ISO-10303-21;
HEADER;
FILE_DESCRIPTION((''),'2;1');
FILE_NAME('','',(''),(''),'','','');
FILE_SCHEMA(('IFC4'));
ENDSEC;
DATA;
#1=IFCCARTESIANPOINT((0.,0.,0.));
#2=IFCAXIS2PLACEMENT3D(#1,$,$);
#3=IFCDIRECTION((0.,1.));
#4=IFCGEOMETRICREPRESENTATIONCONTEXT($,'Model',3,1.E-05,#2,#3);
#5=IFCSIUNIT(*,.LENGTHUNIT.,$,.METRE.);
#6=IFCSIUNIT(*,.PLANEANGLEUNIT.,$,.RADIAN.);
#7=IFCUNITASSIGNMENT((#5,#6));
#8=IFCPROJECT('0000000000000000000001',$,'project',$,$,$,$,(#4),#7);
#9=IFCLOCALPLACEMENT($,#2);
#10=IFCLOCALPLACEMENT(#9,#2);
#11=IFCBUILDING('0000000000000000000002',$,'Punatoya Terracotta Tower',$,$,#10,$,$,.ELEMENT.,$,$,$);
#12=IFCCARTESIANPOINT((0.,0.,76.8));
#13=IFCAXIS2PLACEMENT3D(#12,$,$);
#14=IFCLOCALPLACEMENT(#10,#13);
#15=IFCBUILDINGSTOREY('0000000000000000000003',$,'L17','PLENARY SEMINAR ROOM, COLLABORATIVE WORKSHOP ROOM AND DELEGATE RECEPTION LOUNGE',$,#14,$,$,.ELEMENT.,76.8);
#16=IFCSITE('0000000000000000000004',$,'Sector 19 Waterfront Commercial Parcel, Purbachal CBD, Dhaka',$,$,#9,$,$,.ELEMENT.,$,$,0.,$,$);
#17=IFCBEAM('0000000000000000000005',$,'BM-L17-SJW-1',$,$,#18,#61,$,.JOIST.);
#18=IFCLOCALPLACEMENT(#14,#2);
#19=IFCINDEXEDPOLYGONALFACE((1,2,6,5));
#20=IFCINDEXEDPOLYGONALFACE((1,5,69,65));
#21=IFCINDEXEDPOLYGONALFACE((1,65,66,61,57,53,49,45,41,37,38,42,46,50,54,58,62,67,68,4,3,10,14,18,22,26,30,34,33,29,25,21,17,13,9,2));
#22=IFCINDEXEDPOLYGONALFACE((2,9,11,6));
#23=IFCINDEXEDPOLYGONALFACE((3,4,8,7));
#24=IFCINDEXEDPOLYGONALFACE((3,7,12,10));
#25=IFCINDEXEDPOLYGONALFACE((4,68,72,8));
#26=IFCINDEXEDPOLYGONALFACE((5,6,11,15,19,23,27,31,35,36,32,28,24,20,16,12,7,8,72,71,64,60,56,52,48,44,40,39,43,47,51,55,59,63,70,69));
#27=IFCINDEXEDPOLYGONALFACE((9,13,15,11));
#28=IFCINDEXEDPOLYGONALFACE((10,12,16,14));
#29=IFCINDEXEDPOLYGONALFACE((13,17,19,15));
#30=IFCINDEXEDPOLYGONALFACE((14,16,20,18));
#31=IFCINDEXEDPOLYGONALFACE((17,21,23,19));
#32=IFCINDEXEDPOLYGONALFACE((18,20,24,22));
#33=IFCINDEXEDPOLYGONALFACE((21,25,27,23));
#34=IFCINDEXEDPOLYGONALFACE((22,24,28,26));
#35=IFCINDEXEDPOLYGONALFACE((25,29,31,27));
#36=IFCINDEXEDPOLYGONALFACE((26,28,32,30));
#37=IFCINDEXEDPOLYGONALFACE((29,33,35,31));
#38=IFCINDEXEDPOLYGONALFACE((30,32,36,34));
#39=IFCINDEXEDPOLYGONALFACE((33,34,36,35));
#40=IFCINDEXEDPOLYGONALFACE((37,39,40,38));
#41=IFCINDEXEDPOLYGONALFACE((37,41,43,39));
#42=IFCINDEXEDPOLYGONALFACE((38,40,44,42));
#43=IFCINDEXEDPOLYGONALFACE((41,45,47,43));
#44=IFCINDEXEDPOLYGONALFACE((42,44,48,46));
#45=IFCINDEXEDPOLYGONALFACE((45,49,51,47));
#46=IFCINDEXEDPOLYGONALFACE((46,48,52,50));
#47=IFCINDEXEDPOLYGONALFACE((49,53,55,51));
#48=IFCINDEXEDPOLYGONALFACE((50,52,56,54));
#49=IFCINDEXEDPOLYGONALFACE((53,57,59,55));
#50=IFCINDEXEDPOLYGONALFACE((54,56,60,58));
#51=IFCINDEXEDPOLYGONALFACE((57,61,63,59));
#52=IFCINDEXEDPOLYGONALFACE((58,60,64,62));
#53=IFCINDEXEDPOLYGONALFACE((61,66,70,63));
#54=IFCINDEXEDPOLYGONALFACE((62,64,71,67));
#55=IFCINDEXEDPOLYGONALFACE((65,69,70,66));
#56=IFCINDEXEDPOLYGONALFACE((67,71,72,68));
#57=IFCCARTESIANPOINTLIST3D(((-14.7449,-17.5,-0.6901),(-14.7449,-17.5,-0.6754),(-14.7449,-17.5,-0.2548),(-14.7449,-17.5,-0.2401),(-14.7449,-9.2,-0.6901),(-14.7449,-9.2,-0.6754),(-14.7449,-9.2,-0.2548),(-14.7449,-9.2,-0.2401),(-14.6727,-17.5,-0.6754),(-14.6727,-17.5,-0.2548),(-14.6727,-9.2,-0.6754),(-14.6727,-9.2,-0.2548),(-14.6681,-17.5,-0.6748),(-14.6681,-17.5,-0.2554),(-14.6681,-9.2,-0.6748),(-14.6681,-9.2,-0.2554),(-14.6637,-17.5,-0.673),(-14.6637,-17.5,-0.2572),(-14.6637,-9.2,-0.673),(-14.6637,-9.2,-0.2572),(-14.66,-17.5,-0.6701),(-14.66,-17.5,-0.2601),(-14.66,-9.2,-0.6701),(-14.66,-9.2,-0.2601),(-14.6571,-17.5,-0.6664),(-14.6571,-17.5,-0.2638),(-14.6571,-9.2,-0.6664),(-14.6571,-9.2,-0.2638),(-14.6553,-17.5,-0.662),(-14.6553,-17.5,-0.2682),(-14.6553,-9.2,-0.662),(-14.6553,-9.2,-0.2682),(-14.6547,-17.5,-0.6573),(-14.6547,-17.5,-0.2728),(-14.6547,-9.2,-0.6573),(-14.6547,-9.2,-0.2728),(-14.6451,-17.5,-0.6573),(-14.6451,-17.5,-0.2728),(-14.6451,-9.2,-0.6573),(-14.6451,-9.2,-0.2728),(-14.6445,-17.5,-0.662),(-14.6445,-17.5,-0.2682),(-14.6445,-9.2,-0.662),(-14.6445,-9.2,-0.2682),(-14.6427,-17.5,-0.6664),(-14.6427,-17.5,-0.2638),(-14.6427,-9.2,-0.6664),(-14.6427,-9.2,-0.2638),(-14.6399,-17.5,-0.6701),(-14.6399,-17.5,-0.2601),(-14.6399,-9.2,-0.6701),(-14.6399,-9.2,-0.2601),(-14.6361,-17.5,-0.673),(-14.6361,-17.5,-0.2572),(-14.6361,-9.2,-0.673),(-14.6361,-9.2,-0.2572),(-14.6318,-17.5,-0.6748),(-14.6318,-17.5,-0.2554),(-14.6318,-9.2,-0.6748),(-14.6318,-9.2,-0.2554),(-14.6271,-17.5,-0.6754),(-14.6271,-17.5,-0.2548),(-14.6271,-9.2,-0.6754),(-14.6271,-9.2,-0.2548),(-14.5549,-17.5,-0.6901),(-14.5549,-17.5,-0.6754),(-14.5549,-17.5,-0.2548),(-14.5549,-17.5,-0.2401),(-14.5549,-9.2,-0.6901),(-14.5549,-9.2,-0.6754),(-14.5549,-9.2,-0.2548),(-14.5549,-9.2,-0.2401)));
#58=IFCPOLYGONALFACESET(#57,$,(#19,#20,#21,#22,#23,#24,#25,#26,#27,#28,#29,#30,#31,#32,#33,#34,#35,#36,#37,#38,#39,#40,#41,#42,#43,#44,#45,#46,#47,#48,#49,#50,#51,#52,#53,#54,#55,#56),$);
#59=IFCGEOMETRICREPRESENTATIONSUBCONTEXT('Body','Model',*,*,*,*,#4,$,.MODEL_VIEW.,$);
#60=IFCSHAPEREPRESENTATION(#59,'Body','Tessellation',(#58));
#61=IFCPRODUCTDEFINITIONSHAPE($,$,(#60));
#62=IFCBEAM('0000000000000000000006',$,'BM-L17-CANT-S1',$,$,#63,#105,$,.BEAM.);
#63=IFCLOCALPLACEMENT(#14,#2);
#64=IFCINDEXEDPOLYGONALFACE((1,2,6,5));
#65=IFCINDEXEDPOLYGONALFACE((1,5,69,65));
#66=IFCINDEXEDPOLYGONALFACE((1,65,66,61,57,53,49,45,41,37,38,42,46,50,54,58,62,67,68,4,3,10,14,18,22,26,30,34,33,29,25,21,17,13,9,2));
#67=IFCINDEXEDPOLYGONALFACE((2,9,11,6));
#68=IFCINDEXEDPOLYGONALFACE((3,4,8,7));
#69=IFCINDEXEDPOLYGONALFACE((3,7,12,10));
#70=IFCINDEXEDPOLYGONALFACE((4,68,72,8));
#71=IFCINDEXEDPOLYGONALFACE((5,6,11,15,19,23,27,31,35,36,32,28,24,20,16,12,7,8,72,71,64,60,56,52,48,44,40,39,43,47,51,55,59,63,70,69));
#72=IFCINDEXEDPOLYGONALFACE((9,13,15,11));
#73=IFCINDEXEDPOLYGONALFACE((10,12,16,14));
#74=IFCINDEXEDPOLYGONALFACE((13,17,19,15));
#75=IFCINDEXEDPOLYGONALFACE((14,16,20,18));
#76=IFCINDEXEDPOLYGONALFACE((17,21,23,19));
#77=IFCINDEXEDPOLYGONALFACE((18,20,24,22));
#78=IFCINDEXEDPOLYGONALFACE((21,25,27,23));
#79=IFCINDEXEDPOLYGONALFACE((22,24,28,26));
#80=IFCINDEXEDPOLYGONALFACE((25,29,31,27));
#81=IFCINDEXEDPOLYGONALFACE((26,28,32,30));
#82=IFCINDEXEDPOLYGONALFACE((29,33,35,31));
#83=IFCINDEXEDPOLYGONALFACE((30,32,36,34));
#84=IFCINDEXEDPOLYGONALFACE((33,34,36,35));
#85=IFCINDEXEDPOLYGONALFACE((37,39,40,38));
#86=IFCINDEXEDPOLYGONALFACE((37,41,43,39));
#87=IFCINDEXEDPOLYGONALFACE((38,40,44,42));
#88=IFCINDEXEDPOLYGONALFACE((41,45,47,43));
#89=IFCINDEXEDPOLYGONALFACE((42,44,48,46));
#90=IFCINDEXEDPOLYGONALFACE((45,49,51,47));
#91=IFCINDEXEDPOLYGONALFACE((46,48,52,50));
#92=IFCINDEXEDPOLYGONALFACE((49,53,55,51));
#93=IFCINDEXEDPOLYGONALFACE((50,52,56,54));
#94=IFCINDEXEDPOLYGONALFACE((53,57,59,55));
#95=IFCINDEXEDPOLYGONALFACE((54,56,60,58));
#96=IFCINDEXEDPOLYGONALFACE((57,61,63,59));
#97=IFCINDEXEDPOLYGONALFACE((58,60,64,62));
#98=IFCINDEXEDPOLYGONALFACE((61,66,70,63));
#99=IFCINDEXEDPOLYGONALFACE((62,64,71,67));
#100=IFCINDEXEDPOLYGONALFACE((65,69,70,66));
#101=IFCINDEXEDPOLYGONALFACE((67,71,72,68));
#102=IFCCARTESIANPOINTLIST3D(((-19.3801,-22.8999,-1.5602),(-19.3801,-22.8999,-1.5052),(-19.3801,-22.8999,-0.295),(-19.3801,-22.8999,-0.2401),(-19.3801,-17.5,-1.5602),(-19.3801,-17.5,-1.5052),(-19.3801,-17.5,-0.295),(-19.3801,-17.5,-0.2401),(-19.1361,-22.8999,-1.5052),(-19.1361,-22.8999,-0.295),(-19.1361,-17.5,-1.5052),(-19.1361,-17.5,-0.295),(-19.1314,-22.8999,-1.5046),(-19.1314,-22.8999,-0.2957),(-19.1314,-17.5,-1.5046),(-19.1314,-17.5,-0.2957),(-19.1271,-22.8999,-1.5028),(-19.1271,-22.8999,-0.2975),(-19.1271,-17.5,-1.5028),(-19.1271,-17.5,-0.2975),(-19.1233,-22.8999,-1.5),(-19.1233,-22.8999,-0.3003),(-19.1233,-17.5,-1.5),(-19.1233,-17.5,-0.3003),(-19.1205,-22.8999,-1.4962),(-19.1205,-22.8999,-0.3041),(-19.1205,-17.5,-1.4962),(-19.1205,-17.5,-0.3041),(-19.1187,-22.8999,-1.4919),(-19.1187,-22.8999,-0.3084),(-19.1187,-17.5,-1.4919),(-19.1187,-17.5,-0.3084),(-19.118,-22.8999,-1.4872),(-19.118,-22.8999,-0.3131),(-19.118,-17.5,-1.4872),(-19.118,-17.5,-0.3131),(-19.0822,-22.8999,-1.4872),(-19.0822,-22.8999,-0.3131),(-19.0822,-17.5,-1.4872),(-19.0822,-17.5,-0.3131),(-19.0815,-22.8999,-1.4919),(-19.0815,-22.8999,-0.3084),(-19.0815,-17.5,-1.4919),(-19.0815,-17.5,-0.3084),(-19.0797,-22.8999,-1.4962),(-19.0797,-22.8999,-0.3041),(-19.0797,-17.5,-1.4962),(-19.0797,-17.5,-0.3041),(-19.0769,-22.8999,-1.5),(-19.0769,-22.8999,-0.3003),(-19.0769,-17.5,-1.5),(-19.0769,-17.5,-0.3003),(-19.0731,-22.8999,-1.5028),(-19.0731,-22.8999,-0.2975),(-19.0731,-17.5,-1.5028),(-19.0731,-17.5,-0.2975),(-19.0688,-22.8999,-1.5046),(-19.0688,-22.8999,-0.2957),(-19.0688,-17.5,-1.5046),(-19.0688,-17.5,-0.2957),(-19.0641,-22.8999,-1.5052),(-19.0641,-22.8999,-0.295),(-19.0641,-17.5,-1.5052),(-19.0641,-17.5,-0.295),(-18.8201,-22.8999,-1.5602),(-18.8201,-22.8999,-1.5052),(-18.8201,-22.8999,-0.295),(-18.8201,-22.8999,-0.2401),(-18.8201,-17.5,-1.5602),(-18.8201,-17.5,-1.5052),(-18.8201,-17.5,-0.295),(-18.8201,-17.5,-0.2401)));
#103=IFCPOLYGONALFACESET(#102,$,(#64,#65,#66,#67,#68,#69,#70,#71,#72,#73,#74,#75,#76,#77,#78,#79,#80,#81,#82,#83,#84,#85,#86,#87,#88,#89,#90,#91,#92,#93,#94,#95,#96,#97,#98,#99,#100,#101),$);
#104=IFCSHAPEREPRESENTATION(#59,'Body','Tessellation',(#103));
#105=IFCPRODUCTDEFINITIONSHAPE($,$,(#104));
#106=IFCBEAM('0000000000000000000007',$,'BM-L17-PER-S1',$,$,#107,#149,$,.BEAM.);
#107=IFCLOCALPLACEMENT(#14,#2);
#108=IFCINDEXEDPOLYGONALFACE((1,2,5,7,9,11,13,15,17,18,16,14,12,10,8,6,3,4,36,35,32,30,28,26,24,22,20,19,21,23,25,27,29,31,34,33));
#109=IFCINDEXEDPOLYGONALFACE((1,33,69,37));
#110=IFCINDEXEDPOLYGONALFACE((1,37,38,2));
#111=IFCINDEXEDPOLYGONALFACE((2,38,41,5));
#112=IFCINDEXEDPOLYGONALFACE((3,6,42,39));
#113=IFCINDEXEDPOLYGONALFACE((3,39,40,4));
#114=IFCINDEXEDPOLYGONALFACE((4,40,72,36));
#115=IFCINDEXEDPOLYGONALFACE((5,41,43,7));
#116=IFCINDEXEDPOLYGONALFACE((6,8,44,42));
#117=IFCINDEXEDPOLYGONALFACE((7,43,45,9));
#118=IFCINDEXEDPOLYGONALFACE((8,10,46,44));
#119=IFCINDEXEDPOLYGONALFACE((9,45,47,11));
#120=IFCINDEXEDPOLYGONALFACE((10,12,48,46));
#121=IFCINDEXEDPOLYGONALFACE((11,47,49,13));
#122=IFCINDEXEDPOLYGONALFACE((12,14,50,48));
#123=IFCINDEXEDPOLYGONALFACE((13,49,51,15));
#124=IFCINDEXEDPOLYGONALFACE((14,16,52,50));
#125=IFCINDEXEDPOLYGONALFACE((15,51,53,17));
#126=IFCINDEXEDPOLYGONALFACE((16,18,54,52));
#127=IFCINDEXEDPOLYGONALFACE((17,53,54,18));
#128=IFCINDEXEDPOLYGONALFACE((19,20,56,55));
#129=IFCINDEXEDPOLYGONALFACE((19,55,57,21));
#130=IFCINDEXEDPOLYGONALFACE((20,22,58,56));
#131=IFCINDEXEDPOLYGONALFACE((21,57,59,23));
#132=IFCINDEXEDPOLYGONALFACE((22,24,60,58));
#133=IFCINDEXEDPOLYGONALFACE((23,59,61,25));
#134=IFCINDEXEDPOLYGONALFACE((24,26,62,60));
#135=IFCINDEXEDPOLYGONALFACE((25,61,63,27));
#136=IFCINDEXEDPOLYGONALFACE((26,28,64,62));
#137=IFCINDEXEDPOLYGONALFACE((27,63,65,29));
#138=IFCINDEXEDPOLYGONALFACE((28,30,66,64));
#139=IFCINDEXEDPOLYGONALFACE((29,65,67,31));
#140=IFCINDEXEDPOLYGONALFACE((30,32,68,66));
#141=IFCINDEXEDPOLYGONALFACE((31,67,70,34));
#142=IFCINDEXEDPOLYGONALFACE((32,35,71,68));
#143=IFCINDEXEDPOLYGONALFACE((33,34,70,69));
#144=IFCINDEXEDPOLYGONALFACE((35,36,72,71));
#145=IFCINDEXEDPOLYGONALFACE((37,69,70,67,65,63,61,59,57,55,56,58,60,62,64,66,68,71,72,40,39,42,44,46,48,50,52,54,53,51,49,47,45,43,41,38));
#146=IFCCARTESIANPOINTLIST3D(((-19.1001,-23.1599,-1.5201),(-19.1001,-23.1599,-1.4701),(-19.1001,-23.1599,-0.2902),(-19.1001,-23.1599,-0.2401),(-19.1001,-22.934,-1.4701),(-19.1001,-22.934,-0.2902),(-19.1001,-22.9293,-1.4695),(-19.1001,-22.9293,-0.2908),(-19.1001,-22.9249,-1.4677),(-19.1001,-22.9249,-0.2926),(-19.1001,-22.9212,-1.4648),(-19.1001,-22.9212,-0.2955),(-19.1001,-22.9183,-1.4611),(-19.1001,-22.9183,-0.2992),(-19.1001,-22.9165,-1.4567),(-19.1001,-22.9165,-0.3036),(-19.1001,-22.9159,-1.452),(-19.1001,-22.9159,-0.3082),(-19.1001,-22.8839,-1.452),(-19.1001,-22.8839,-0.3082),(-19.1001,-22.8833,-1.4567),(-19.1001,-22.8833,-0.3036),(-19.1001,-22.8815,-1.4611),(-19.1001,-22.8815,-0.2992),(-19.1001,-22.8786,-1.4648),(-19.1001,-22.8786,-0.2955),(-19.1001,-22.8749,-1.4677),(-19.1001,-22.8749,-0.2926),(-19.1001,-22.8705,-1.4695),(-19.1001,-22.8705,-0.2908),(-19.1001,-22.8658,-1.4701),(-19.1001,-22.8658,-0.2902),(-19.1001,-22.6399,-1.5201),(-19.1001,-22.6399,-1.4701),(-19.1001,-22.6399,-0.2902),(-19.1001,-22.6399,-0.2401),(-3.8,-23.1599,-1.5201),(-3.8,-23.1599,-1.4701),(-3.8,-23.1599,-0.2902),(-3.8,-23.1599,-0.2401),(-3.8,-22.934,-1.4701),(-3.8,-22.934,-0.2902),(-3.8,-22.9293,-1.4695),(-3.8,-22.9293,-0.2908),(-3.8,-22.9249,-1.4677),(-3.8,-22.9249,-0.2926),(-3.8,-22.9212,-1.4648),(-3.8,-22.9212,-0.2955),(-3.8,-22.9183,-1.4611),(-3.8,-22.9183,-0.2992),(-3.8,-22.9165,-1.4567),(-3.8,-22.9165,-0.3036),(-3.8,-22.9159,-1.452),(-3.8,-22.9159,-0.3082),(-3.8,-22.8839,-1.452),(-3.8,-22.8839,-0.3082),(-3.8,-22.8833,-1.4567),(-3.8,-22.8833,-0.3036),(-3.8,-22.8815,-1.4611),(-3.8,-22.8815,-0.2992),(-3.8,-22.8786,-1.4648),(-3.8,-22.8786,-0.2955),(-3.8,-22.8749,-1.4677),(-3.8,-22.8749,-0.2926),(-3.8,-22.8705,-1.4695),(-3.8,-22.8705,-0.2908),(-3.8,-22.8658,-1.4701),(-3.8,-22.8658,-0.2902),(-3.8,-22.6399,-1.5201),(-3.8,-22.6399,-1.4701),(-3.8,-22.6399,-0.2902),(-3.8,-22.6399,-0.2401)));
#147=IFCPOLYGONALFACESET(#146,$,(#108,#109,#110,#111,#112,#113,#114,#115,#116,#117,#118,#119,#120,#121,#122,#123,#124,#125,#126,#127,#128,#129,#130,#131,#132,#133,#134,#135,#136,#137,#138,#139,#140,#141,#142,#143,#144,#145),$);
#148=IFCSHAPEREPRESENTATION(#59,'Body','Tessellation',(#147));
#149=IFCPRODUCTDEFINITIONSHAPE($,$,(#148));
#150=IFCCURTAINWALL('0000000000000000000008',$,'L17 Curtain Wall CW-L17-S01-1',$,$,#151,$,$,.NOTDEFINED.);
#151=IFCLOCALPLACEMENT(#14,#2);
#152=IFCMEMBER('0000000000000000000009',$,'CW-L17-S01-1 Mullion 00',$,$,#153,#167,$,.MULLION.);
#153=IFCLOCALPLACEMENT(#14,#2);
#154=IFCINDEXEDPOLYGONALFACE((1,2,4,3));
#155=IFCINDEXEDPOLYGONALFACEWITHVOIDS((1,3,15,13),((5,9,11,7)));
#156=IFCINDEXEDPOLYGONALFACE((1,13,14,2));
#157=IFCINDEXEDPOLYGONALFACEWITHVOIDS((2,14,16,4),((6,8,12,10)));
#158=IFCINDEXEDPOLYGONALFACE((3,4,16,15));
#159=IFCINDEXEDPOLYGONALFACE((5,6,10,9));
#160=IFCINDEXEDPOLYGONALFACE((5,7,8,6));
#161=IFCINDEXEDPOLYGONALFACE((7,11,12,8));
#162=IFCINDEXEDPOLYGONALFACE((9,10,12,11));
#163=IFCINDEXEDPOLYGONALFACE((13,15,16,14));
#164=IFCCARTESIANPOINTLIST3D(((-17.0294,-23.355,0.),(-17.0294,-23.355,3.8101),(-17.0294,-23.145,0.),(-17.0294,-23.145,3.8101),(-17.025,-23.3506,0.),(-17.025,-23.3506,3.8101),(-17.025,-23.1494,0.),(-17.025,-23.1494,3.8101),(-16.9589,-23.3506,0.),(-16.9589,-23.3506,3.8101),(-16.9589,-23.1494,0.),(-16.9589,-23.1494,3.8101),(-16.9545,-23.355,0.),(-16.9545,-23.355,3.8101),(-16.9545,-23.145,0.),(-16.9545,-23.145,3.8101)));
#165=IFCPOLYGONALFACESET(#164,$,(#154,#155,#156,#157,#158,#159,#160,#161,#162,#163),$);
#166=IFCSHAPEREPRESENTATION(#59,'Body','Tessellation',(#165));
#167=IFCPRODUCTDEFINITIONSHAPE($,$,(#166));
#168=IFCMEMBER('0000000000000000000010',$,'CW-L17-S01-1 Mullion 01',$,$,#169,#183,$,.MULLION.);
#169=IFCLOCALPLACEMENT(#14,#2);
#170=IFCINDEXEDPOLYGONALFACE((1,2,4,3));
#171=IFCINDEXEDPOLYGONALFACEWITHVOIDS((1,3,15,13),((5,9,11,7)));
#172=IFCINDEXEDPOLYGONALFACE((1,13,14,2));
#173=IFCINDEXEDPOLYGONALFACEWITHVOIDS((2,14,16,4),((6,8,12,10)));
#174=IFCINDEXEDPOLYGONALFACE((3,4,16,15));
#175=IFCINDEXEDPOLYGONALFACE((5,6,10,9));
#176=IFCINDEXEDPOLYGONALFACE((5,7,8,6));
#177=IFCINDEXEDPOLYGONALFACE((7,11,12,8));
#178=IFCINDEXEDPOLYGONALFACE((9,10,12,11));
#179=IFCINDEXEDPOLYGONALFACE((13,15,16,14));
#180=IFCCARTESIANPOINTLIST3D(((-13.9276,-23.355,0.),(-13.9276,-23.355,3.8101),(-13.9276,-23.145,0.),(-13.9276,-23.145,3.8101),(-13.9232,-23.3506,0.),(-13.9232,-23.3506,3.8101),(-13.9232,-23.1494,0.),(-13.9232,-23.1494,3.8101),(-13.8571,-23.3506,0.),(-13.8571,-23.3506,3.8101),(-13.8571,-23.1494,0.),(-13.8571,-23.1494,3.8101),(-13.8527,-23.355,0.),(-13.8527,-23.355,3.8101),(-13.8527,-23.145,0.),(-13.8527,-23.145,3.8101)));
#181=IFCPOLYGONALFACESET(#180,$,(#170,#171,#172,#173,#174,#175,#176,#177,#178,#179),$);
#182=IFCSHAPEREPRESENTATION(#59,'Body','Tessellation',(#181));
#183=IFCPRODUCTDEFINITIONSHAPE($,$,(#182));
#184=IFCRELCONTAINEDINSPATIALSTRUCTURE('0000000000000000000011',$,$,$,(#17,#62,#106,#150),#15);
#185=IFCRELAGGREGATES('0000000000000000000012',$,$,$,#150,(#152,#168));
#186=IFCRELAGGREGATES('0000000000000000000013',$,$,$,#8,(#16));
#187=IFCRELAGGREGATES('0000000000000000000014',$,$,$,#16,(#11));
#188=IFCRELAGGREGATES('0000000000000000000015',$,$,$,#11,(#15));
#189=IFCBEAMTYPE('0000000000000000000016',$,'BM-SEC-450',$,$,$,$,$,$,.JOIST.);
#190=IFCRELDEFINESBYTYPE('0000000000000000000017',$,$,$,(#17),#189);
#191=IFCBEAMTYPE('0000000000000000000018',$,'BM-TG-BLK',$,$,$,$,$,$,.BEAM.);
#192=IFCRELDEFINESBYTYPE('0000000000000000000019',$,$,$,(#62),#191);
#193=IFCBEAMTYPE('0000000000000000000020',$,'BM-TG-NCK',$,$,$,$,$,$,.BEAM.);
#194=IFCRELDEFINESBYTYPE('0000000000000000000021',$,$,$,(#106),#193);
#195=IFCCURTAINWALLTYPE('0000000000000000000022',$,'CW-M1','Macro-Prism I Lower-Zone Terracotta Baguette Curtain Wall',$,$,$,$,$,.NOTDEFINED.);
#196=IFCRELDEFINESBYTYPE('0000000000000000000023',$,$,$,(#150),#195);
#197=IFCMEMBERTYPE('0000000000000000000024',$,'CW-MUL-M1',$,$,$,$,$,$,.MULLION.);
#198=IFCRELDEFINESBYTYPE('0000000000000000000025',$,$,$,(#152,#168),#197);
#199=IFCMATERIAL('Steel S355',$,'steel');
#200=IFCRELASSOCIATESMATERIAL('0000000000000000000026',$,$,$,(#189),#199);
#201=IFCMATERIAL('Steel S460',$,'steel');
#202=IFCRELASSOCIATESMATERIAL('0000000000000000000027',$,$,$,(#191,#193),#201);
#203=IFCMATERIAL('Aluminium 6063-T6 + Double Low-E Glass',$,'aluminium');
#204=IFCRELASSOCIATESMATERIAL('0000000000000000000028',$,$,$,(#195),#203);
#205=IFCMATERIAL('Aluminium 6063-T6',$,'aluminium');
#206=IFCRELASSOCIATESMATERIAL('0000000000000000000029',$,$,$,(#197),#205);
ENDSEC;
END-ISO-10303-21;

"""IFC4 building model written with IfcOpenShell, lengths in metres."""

from ifc_helpers import new_model, si_unit, direction, frame, origin, origin_2d, place, context, subcontext, project, spatial, hollow_rectangle, i_section, extrude, material, material_profile, profile_set, type_object, element, aggregate, save


model = new_model("IFC4")

# Units and contexts
model_context = context("Model", 3, precision=1e-05, world=origin(), true_north=direction((0.0, 1.0)))
body_context = subcontext(model_context, "Body", "Model", "MODEL_VIEW")
ifc_project = project(units=[si_unit("LENGTHUNIT", "METRE"), si_unit("PLANEANGLEUNIT", "RADIAN")], contexts=[model_context])

# Site, building, storey
site_placement = place(None, origin())
site = spatial("IfcSite", under=ifc_project, at=site_placement, Name="Sector 19 Waterfront Commercial Parcel, Purbachal CBD, Dhaka", CompositionType="ELEMENT", RefElevation=0.0)
building_placement = place(site_placement, origin())
building = spatial("IfcBuilding", under=site, at=building_placement, Name="Punatoya Terracotta Tower", CompositionType="ELEMENT")
storey_placement = place(building_placement, frame((0.0, 0.0, 76.8)))
storey = spatial("IfcBuildingStorey", under=building, at=storey_placement, Name="L17", Description="PLENARY SEMINAR ROOM, COLLABORATIVE WORKSHOP ROOM AND DELEGATE RECEPTION LOUNGE", CompositionType="ELEMENT", Elevation=76.8)

# Shared definitions
ifc_material_1 = material(Name="Steel S460", Category="steel")

# Beams
ifc_material_2 = material(Name="Steel S355", Category="steel")
ifc_material_profile_1 = material_profile(ifc_material_2, i_section(OverallWidth=0.1899, OverallDepth=0.45, WebThickness=0.0095, FlangeThickness=0.0146, FilletRadius=0.0181, at=origin_2d()))
ifc_profile_set_1 = profile_set([ifc_material_profile_1], Name="Steel S355")
beam_type_1 = type_object("IfcBeamType", Name="BM-SEC-450", PredefinedType="JOIST", material=ifc_profile_set_1)
beam_1_placement = place(storey_placement, frame((-14.6499, -17.5, -0.4651), z_axis=(0.0, 1.0, 0.0), x_axis=(-1.0, 0.0, 0.0)))
element("IfcBeam", 1, at=beam_1_placement, inside=storey, type_object=beam_type_1, Name="BM-L17-SJW-1", PredefinedType="JOIST", context=body_context, shape_type="SweptSolid", body=[
    extrude(i_section(OverallWidth=0.1899, OverallDepth=0.45, WebThickness=0.0095, FlangeThickness=0.0146, FilletRadius=0.0181, at=origin_2d()), origin(), (0.0, 0.0, 1.0), 8.3),
])
ifc_material_profile_2 = material_profile(ifc_material_1, i_section(OverallWidth=0.5601, OverallDepth=1.3201, WebThickness=0.0359, FlangeThickness=0.0549, FilletRadius=0.0181, at=origin_2d()))
ifc_profile_set_2 = profile_set([ifc_material_profile_2], Name="Steel S460")
beam_type_2 = type_object("IfcBeamType", Name="BM-TG-BLK", PredefinedType="BEAM", material=ifc_profile_set_2)
beam_2_placement = place(storey_placement, frame((-19.1001, -22.8999, -0.9001), z_axis=(0.0, 1.0, 0.0), x_axis=(-1.0, 0.0, 0.0)))
element("IfcBeam", 2, at=beam_2_placement, inside=storey, type_object=beam_type_2, Name="BM-L17-CANT-S1", PredefinedType="BEAM", context=body_context, shape_type="SweptSolid", body=[
    extrude(i_section(OverallWidth=0.5601, OverallDepth=1.3201, WebThickness=0.0359, FlangeThickness=0.0549, FilletRadius=0.0181, at=origin_2d()), origin(), (0.0, 0.0, 1.0), 5.3999),
])
ifc_material_profile_3 = material_profile(ifc_material_1, i_section(OverallWidth=0.52, OverallDepth=1.28, WebThickness=0.032, FlangeThickness=0.05, FilletRadius=0.0181, at=origin_2d()))
ifc_profile_set_3 = profile_set([ifc_material_profile_3], Name="Steel S460")
beam_type_3 = type_object("IfcBeamType", Name="BM-TG-NCK", PredefinedType="BEAM", material=ifc_profile_set_3)
beam_3_placement = place(storey_placement, frame((-19.1001, -22.8999, -0.8801), z_axis=(1.0, 0.0, 0.0), x_axis=(0.0, 1.0, 0.0)))
element("IfcBeam", 3, at=beam_3_placement, inside=storey, type_object=beam_type_3, Name="BM-L17-PER-S1", PredefinedType="BEAM", context=body_context, shape_type="SweptSolid", body=[
    extrude(i_section(OverallWidth=0.52, OverallDepth=1.28, WebThickness=0.032, FlangeThickness=0.05, FilletRadius=0.0181, at=origin_2d()), origin(), (0.0, 0.0, 1.0), 15.3),
])

# Curtain wall, members
ifc_material_3 = material(Name="Aluminium 6063-T6 + Double Low-E Glass", Category="aluminium")
curtain_wall_type = type_object("IfcCurtainWallType", Name="CW-M1", Description="Macro-Prism I Lower-Zone Terracotta Baguette Curtain Wall", PredefinedType="NOTDEFINED", material=ifc_material_3)
curtain_wall_1_placement = place(storey_placement, origin())
curtain_wall_1 = element("IfcCurtainWall", 4, at=curtain_wall_1_placement, inside=storey, type_object=curtain_wall_type, Name="L17 Curtain Wall CW-L17-S01-1", PredefinedType="NOTDEFINED")
ifc_material_4 = material(Name="Aluminium 6063-T6", Category="aluminium")
ifc_material_profile_4 = material_profile(ifc_material_4, hollow_rectangle(XDim=0.075, YDim=0.21, WallThickness=0.0044, at=origin_2d()))
ifc_profile_set_4 = profile_set([ifc_material_profile_4], Name="Aluminium 6063-T6")
member_type_1 = type_object("IfcMemberType", Name="CW-MUL-M1", PredefinedType="MULLION", material=ifc_profile_set_4)
member_1_placement = place(storey_placement, frame((-16.9919, -23.25, 0.0), z_axis=(0.0, 0.0, 1.0), x_axis=(1.0, 0.0, 0.0)))
member_1 = element("IfcMember", 5, at=member_1_placement, type_object=member_type_1, Name="CW-L17-S01-1 Mullion 00", PredefinedType="MULLION", context=body_context, shape_type="SweptSolid", body=[
    extrude(hollow_rectangle(XDim=0.075, YDim=0.21, WallThickness=0.0044, at=origin_2d()), origin(), (0.0, 0.0, 1.0), 3.8101),
])
member_2_placement = place(storey_placement, frame((-13.8901, -23.25, 0.0), z_axis=(0.0, 0.0, 1.0), x_axis=(1.0, 0.0, 0.0)))
member_2 = element("IfcMember", 6, at=member_2_placement, type_object=member_type_1, Name="CW-L17-S01-1 Mullion 01", PredefinedType="MULLION", context=body_context, shape_type="SweptSolid", body=[
    extrude(hollow_rectangle(XDim=0.075, YDim=0.21, WallThickness=0.0044, at=origin_2d()), origin(), (0.0, 0.0, 1.0), 3.8101),
])

aggregate(curtain_wall_1, [member_1, member_2])

save(model, "model.ifc")
